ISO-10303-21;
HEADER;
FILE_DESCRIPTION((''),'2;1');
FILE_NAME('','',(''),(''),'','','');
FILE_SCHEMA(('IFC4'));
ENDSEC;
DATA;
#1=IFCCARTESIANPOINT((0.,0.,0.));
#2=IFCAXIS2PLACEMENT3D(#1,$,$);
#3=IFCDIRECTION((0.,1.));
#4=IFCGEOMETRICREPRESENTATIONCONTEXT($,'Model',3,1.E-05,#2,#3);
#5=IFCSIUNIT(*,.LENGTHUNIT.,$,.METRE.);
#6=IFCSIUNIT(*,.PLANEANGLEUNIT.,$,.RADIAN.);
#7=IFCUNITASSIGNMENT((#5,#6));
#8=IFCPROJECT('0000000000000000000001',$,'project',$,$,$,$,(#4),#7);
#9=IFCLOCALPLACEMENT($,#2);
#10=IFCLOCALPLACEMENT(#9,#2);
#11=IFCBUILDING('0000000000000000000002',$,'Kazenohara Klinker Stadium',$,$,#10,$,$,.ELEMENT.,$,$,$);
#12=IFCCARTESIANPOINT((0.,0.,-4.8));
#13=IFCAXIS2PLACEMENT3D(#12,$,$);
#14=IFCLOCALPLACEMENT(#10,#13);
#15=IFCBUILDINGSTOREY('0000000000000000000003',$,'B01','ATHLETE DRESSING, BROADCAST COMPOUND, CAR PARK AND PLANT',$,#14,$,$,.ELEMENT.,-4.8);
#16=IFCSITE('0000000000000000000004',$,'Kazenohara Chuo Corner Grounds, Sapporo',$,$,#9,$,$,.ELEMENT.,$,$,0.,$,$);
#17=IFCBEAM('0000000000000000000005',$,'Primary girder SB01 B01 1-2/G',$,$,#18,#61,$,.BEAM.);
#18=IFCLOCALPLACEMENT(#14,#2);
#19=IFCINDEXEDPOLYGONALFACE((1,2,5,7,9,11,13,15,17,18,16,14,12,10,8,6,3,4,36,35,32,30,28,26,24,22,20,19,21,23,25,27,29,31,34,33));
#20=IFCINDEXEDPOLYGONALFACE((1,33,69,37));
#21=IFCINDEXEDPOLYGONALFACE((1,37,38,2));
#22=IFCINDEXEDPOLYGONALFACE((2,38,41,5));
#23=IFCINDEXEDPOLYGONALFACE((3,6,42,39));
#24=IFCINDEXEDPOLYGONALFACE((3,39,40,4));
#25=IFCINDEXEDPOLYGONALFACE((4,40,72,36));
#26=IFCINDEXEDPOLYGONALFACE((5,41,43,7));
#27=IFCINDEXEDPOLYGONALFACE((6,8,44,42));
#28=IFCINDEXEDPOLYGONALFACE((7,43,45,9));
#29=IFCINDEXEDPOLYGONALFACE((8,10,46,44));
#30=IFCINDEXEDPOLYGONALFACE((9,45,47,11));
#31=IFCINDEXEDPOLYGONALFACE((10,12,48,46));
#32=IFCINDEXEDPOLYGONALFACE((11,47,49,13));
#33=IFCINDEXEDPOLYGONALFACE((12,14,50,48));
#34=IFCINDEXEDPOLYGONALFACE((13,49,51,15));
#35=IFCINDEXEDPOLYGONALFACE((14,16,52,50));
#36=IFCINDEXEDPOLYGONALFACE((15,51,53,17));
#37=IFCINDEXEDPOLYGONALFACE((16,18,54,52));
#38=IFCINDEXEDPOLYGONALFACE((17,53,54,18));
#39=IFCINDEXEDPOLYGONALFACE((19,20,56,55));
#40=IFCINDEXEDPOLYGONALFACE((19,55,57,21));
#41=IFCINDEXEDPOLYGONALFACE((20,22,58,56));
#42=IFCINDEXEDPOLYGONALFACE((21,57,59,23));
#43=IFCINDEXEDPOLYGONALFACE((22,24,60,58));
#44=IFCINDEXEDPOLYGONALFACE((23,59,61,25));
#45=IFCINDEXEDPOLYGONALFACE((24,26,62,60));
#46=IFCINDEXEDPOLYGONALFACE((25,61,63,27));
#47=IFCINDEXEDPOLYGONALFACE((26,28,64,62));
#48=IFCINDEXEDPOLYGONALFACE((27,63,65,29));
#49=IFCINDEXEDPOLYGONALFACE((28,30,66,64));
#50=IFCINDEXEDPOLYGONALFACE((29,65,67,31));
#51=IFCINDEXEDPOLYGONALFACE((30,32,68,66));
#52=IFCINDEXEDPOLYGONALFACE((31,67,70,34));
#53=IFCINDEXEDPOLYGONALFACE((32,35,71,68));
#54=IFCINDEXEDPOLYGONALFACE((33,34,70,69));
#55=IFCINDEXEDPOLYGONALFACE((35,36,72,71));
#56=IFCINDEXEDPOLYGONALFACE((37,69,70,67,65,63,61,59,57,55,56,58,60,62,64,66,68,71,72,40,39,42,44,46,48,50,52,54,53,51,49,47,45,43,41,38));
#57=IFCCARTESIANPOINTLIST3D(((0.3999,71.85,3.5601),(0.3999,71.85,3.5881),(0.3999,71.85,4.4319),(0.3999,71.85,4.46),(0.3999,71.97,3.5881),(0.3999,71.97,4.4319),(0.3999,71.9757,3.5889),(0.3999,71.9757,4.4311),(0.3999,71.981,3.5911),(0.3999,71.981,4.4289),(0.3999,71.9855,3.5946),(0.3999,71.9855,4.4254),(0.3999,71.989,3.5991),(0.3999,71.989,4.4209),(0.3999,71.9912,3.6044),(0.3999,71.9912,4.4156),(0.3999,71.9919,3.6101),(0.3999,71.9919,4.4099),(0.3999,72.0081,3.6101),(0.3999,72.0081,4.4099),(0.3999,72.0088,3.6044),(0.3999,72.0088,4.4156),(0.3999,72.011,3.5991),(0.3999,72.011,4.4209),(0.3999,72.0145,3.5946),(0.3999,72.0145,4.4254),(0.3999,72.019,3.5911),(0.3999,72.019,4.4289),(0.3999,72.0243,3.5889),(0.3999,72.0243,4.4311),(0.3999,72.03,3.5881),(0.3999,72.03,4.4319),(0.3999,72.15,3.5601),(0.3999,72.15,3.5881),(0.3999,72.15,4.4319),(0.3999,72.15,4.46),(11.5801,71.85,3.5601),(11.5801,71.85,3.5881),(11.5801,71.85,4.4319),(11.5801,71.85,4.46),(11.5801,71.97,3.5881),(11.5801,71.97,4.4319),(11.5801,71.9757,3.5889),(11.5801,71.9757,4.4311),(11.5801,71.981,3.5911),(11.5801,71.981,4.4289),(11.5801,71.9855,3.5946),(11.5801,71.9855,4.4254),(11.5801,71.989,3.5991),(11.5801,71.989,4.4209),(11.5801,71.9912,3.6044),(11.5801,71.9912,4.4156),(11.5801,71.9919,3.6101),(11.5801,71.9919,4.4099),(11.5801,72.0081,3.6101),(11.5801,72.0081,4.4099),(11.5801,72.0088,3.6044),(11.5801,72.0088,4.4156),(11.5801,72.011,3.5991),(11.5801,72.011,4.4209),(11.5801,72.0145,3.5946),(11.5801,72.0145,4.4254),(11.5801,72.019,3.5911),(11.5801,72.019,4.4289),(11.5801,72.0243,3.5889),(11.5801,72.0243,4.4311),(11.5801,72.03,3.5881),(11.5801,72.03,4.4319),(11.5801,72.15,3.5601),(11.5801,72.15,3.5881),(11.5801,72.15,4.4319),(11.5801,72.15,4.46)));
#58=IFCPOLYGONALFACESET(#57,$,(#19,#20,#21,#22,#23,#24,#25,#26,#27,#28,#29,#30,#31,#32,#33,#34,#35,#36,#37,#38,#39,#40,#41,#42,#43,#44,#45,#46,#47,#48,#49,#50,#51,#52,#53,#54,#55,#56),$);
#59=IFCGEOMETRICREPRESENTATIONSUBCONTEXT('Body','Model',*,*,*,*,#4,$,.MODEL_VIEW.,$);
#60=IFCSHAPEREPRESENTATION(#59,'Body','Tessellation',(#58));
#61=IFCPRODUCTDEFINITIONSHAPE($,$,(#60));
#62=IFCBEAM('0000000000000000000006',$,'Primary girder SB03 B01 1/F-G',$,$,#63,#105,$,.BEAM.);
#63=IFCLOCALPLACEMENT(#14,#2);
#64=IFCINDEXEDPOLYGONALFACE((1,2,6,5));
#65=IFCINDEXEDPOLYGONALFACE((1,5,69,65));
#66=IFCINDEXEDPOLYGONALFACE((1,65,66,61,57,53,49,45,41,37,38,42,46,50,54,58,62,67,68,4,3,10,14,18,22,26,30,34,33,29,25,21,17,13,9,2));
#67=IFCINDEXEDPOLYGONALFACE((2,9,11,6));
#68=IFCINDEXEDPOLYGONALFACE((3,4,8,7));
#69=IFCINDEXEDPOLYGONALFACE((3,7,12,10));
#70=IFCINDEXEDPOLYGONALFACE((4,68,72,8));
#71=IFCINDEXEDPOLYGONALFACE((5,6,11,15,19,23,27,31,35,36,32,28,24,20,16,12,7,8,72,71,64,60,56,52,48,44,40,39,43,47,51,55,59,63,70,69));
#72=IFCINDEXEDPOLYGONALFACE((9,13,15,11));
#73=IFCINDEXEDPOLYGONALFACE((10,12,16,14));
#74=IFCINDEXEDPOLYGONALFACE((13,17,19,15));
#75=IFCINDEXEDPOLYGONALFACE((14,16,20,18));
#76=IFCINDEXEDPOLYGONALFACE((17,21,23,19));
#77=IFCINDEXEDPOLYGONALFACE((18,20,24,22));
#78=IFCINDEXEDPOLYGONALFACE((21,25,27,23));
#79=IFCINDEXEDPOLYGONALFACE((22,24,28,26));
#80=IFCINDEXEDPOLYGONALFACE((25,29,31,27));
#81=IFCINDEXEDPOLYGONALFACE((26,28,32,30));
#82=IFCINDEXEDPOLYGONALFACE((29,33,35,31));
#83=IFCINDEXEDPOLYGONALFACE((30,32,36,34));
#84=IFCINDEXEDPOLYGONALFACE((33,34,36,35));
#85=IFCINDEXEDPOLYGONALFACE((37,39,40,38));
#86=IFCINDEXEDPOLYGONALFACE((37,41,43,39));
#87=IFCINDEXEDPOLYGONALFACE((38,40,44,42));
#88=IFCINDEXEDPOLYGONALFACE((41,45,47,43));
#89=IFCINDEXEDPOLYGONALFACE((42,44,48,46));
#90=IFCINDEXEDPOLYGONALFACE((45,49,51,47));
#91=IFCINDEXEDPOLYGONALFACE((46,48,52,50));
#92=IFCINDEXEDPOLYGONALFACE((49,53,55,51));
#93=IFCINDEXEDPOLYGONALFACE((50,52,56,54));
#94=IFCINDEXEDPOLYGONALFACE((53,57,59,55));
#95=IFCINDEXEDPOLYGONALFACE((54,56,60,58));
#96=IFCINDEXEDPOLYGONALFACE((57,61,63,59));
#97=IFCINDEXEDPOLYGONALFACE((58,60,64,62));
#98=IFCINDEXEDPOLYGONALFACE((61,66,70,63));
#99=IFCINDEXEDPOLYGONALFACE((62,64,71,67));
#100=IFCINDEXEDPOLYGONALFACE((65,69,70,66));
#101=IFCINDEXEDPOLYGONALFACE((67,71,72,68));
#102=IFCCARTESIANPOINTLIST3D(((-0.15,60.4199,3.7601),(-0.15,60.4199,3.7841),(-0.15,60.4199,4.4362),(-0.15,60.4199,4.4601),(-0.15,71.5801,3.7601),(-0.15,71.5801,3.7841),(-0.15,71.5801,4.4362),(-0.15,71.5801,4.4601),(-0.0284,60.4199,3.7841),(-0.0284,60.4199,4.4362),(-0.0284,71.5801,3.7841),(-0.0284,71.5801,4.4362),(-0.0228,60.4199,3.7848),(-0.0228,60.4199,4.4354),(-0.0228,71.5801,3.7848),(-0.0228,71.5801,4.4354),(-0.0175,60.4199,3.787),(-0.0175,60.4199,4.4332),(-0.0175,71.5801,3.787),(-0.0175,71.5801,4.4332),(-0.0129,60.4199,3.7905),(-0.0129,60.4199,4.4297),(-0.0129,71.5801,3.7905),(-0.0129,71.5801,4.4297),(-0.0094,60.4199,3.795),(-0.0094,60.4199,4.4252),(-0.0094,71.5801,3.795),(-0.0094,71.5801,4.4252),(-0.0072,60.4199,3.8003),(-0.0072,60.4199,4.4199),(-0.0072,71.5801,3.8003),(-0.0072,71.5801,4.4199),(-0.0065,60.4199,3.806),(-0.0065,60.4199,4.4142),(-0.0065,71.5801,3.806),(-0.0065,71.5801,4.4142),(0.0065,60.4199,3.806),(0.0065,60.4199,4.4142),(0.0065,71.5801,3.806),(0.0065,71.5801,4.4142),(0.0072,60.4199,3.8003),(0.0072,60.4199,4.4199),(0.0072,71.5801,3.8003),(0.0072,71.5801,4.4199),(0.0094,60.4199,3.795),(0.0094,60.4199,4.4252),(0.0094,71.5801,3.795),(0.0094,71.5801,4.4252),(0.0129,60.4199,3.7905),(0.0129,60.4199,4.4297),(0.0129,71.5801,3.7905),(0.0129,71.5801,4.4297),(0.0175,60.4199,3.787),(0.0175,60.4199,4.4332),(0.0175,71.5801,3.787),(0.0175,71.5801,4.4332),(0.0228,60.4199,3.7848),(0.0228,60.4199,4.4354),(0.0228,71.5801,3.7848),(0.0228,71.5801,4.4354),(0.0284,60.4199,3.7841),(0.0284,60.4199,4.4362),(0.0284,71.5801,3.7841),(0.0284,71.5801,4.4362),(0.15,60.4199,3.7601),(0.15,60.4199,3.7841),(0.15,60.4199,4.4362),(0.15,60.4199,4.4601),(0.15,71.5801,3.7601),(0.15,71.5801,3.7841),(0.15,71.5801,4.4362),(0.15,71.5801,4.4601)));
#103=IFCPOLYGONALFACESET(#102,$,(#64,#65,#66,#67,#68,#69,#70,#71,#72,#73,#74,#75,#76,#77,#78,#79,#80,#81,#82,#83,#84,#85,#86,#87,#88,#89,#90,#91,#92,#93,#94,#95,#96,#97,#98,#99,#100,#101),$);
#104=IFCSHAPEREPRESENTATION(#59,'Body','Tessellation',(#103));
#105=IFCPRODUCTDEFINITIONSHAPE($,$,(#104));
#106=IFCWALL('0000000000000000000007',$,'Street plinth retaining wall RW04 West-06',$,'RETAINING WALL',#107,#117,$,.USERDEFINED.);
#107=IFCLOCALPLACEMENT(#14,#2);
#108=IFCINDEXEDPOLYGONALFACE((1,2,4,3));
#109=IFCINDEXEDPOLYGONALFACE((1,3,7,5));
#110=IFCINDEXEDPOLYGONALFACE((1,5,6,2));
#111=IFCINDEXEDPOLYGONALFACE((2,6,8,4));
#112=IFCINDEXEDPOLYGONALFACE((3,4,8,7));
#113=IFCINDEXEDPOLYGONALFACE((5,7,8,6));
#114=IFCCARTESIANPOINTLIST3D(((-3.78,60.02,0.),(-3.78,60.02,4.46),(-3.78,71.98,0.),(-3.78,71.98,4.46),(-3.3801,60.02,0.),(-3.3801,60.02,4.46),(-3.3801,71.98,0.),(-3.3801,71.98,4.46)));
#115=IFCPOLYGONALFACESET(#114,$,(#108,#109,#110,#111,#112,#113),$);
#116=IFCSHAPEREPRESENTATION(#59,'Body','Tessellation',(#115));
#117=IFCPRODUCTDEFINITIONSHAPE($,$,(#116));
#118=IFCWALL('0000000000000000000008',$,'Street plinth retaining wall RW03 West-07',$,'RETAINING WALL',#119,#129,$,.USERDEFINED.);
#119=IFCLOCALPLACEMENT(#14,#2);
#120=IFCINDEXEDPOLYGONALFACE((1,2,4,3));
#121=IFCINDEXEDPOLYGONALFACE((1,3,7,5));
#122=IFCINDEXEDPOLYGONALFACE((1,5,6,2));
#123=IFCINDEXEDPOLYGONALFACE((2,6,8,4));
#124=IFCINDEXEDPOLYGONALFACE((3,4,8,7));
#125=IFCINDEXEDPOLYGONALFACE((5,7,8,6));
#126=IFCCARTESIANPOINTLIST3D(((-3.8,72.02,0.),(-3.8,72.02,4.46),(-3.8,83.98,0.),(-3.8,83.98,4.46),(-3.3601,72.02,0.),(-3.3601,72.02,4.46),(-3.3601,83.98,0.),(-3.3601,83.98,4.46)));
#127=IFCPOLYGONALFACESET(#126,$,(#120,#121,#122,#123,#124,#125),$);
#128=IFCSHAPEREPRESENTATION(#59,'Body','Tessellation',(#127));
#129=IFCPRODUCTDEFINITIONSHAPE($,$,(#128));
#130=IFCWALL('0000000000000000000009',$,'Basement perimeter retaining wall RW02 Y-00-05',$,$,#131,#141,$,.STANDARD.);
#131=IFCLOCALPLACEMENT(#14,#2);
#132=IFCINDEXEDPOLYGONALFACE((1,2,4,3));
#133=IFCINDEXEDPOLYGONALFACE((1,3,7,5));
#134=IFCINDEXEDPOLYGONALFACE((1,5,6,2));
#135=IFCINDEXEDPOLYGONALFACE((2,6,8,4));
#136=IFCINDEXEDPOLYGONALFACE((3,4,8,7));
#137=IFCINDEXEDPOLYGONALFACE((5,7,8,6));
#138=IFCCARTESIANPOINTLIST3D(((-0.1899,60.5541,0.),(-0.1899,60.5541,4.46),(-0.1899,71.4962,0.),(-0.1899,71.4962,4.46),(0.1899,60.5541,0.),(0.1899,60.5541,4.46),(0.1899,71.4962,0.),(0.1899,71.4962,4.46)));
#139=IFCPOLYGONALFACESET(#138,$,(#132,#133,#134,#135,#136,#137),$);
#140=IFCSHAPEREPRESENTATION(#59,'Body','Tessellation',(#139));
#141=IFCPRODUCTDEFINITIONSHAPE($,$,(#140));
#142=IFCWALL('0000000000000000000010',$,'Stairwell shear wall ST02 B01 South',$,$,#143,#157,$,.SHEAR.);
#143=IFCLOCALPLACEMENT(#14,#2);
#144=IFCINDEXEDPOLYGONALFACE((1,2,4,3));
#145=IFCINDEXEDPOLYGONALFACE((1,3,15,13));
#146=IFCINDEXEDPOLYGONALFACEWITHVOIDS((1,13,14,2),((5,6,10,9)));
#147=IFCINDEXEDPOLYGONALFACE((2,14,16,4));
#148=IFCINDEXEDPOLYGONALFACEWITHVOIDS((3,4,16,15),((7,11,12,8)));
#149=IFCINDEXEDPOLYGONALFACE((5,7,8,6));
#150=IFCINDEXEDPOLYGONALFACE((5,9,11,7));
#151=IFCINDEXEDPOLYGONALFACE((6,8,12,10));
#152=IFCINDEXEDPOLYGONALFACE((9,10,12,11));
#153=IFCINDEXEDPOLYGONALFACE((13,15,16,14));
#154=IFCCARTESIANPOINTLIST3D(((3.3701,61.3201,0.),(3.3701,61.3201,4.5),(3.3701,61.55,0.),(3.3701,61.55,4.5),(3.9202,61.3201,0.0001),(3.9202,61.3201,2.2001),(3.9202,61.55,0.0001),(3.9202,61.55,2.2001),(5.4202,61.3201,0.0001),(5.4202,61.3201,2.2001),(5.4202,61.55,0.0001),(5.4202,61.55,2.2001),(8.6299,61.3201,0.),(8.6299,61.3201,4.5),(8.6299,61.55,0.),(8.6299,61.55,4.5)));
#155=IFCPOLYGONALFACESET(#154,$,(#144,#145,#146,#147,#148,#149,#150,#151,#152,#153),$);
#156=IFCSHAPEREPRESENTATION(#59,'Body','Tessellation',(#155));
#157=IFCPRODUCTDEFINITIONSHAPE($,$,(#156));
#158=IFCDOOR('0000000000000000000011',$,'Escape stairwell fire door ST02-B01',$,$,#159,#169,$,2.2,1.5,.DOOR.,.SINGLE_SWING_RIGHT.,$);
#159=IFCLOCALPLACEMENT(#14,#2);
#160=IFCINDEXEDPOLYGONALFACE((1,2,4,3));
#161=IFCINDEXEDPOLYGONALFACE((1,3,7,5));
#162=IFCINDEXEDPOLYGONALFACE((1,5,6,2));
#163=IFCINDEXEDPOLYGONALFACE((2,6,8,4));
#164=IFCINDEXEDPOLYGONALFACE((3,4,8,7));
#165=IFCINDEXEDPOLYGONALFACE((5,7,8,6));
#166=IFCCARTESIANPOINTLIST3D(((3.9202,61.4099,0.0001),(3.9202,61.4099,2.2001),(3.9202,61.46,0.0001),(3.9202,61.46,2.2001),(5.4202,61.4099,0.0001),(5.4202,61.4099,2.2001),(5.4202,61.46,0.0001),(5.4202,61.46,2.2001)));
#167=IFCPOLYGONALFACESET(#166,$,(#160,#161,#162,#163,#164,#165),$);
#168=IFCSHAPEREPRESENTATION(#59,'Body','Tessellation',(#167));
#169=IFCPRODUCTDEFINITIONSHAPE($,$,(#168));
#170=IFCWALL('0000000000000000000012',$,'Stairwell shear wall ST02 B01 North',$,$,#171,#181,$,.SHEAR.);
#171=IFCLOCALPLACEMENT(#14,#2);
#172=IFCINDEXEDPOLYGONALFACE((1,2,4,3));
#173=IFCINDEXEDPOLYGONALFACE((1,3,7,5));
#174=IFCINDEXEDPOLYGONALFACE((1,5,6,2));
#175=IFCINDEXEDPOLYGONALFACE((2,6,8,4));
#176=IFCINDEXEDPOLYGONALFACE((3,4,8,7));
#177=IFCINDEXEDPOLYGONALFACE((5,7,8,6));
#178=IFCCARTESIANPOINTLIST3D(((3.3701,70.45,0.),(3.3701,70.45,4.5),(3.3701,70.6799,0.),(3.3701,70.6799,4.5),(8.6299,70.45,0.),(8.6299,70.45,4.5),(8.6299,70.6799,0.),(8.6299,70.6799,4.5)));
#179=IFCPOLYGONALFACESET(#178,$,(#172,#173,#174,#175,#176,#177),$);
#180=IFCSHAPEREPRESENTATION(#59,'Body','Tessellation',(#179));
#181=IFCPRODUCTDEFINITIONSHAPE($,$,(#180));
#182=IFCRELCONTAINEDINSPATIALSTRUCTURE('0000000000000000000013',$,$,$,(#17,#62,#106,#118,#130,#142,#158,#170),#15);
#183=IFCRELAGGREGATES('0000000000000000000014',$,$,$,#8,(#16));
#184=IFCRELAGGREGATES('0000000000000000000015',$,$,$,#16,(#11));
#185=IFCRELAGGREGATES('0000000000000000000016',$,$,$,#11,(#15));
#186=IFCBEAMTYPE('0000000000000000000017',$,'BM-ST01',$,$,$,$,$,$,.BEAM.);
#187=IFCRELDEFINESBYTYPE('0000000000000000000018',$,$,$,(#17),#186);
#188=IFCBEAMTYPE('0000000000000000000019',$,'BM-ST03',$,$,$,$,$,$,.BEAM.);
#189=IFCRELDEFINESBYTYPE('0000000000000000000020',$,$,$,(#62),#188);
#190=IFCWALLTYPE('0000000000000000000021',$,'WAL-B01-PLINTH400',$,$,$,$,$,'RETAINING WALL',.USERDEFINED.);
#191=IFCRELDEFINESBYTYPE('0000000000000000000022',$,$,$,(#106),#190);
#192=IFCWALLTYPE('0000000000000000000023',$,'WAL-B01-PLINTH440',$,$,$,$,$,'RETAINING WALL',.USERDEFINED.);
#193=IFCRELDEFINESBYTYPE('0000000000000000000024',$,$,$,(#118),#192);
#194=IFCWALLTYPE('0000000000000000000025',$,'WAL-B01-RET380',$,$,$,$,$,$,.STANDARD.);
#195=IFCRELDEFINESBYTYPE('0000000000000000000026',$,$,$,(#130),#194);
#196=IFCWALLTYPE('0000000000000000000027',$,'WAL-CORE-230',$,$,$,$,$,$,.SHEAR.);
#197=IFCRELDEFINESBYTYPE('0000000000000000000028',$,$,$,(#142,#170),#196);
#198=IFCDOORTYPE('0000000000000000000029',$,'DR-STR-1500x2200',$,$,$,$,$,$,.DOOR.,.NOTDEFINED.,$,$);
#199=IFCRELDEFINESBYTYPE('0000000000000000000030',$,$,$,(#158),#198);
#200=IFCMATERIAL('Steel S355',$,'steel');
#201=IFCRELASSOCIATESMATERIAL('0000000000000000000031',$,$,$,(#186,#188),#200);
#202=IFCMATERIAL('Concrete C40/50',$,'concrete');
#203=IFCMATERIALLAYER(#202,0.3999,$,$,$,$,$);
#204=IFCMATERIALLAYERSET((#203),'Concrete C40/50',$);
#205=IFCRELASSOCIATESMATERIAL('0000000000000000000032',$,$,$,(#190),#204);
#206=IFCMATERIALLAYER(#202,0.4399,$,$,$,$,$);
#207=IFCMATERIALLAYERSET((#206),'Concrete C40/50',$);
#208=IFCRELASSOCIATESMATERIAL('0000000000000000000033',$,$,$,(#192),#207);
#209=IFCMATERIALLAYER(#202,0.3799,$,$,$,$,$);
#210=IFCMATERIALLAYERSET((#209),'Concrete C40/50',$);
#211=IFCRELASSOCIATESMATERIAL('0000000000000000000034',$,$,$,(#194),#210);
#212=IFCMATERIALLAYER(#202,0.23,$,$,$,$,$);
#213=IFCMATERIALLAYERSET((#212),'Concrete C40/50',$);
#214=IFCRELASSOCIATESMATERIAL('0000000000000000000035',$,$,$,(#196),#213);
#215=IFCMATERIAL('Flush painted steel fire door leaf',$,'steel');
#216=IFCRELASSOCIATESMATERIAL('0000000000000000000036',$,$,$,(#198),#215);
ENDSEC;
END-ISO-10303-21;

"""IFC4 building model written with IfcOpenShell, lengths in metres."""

from ifc_helpers import new_model, si_unit, direction, frame, frame_2d, origin, origin_2d, place, context, subcontext, project, spatial, rectangle, i_section, extrude, material, layer, layer_set, material_profile, profile_set, type_object, element, fill, save


model = new_model("IFC4")

# Units and contexts
model_context = context("Model", 3, precision=1e-05, world=origin(), true_north=direction((0.0, 1.0)))
body_context = subcontext(model_context, "Body", "Model", "MODEL_VIEW")
ifc_project = project(units=[si_unit("LENGTHUNIT", "METRE"), si_unit("PLANEANGLEUNIT", "RADIAN")], contexts=[model_context])

# Site, building, storey
site_placement = place(None, origin())
site = spatial("IfcSite", under=ifc_project, at=site_placement, Name="Kazenohara Chuo Corner Grounds, Sapporo", CompositionType="ELEMENT", RefElevation=0.0)
building_placement = place(site_placement, origin())
building = spatial("IfcBuilding", under=site, at=building_placement, Name="Kazenohara Klinker Stadium", CompositionType="ELEMENT")
storey_placement = place(building_placement, frame((0.0, 0.0, -4.8)))
storey = spatial("IfcBuildingStorey", under=building, at=storey_placement, Name="B01", Description="ATHLETE DRESSING, BROADCAST COMPOUND, CAR PARK AND PLANT", CompositionType="ELEMENT", Elevation=-4.8)

# Shared definitions
ifc_material_1 = material(Name="Concrete C40/50", Category="concrete")

# Beams
ifc_material_2 = material(Name="Steel S355", Category="steel")
ifc_material_profile_1 = material_profile(ifc_material_2, i_section(OverallWidth=0.3, OverallDepth=0.8999, WebThickness=0.0161, FlangeThickness=0.0281, FilletRadius=0.022, at=origin_2d()), Name="H-900x300x16x28")
ifc_profile_set_1 = profile_set([ifc_material_profile_1], Name="Steel S355")
beam_type_1 = type_object("IfcBeamType", Name="BM-ST01", PredefinedType="BEAM", material=ifc_profile_set_1)
beam_1_placement = place(storey_placement, frame((0.3999, 72.0, 4.01), z_axis=(1.0, 0.0, 0.0), x_axis=(0.0, 1.0, 0.0)))
element("IfcBeam", 1, at=beam_1_placement, inside=storey, type_object=beam_type_1, Name="Primary girder SB01 B01 1-2/G", PredefinedType="BEAM", context=body_context, shape_type="SweptSolid", body=[
    extrude(i_section(OverallWidth=0.3, OverallDepth=0.8999, WebThickness=0.0161, FlangeThickness=0.0281, FilletRadius=0.022, at=origin_2d()), origin(), (0.0, 0.0, 1.0), 11.1802),
])
ifc_material_profile_2 = material_profile(ifc_material_2, i_section(OverallWidth=0.3, OverallDepth=0.7, WebThickness=0.0129, FlangeThickness=0.0239, FilletRadius=0.022, at=origin_2d()), Name="H-700x300x13x24")
ifc_profile_set_2 = profile_set([ifc_material_profile_2], Name="Steel S355")
beam_type_2 = type_object("IfcBeamType", Name="BM-ST03", PredefinedType="BEAM", material=ifc_profile_set_2)
beam_2_placement = place(storey_placement, frame((0.0, 60.4199, 4.1101), z_axis=(0.0, 1.0, 0.0), x_axis=(-1.0, 0.0, 0.0)))
element("IfcBeam", 2, at=beam_2_placement, inside=storey, type_object=beam_type_2, Name="Primary girder SB03 B01 1/F-G", PredefinedType="BEAM", context=body_context, shape_type="SweptSolid", body=[
    extrude(i_section(OverallWidth=0.3, OverallDepth=0.7, WebThickness=0.0129, FlangeThickness=0.0239, FilletRadius=0.022, at=origin_2d()), origin(), (0.0, 0.0, 1.0), 11.1602),
])

# Walls
ifc_layer_1 = layer(ifc_material_1, 0.3999)
ifc_layer_set_1 = layer_set([ifc_layer_1], Name="Concrete C40/50")
wall_type_1 = type_object("IfcWallType", Name="WAL-B01-PLINTH400", ElementType="RETAINING WALL", PredefinedType="USERDEFINED", material=ifc_layer_set_1)
wall_1_placement = place(storey_placement, frame((-3.5801, 60.02, 0.0), z_axis=(0.0, 0.0, 1.0), x_axis=(0.0, 1.0, 0.0)))
element("IfcWall", 3, at=wall_1_placement, inside=storey, type_object=wall_type_1, Name="Street plinth retaining wall RW04 West-06", ObjectType="RETAINING WALL", PredefinedType="USERDEFINED", context=body_context, shape_type="SweptSolid", body=[
    extrude(rectangle(XDim=11.96, YDim=0.3999, at=frame_2d((5.98, 0.0))), origin(), (0.0, 0.0, 1.0), 4.46),
])
ifc_layer_2 = layer(ifc_material_1, 0.4399)
ifc_layer_set_2 = layer_set([ifc_layer_2], Name="Concrete C40/50")
wall_type_2 = type_object("IfcWallType", Name="WAL-B01-PLINTH440", ElementType="RETAINING WALL", PredefinedType="USERDEFINED", material=ifc_layer_set_2)
wall_2_placement = place(storey_placement, frame((-3.5801, 72.02, 0.0), z_axis=(0.0, 0.0, 1.0), x_axis=(0.0, 1.0, 0.0)))
element("IfcWall", 4, at=wall_2_placement, inside=storey, type_object=wall_type_2, Name="Street plinth retaining wall RW03 West-07", ObjectType="RETAINING WALL", PredefinedType="USERDEFINED", context=body_context, shape_type="SweptSolid", body=[
    extrude(rectangle(XDim=11.96, YDim=0.4399, at=frame_2d((5.98, 0.0))), origin(), (0.0, 0.0, 1.0), 4.46),
])
ifc_layer_3 = layer(ifc_material_1, 0.3799)
ifc_layer_set_3 = layer_set([ifc_layer_3], Name="Concrete C40/50")
wall_type_3 = type_object("IfcWallType", Name="WAL-B01-RET380", PredefinedType="STANDARD", material=ifc_layer_set_3)
wall_3_placement = place(storey_placement, frame((0.0, 60.554, 0.0), z_axis=(0.0, 0.0, 1.0), x_axis=(0.0, 1.0, 0.0)))
element("IfcWall", 5, at=wall_3_placement, inside=storey, type_object=wall_type_3, Name="Basement perimeter retaining wall RW02 Y-00-05", PredefinedType="STANDARD", context=body_context, shape_type="SweptSolid", body=[
    extrude(rectangle(XDim=10.9421, YDim=0.3799, at=frame_2d((5.4712, 0.0))), origin(), (0.0, 0.0, 1.0), 4.46),
])

# Wall, opening, door
ifc_layer_4 = layer(ifc_material_1, 0.23)
ifc_layer_set_4 = layer_set([ifc_layer_4], Name="Concrete C40/50")
wall_type_4 = type_object("IfcWallType", Name="WAL-CORE-230", PredefinedType="SHEAR", material=ifc_layer_set_4)
wall_4_placement = place(storey_placement, frame((3.3701, 61.4351, 0.0), z_axis=(0.0, 0.0, 1.0), x_axis=(1.0, 0.0, 0.0)))
wall_4 = element("IfcWall", 6, at=wall_4_placement, inside=storey, type_object=wall_type_4, Name="Stairwell shear wall ST02 B01 South", PredefinedType="SHEAR", context=body_context, shape_type="SweptSolid", body=[
    extrude(rectangle(XDim=5.2598, YDim=0.23, at=frame_2d((2.6299, 0.0))), origin(), (0.0, 0.0, 1.0), 4.5),
])
opening_placement = place(wall_4_placement, frame((0.55, 0.0, 0.0)))
opening = element("IfcOpeningElement", 7, at=opening_placement, cuts=wall_4, PredefinedType="OPENING", context=body_context, shape_type="SweptSolid", body=[
    extrude(rectangle(XDim=1.5, YDim=2.2, at=frame_2d((0.75, 1.1001))), frame((0.0, 0.125, 0.0), z_axis=(0.0, -1.0, 0.0), x_axis=(1.0, 0.0, 0.0)), (0.0, 0.0, 1.0), 0.25),
])
ifc_material_3 = material(Name="Flush painted steel fire door leaf", Category="steel")
door_type = type_object("IfcDoorType", Name="DR-STR-1500x2200", OperationType="NOTDEFINED", PredefinedType="DOOR", material=ifc_material_3)
door_placement = place(opening_placement, origin())
door = element("IfcDoor", 8, at=door_placement, inside=storey, type_object=door_type, Name="Escape stairwell fire door ST02-B01", OperationType="SINGLE_SWING_RIGHT", OverallHeight=2.2, OverallWidth=1.5, PredefinedType="DOOR", context=body_context, shape_type="SweptSolid", body=[
    extrude(rectangle(XDim=1.5, YDim=2.2, at=frame_2d((0.75, 1.1001))), frame((0.0, 0.0249, 0.0), z_axis=(0.0, -1.0, 0.0), x_axis=(1.0, 0.0, 0.0)), (0.0, 0.0, 1.0), 0.05),
])
fill(opening, door)

# Wall
wall_5_placement = place(storey_placement, frame((3.3701, 70.5649, 0.0), z_axis=(0.0, 0.0, 1.0), x_axis=(1.0, 0.0, 0.0)))
element("IfcWall", 9, at=wall_5_placement, inside=storey, type_object=wall_type_4, Name="Stairwell shear wall ST02 B01 North", PredefinedType="SHEAR", context=body_context, shape_type="SweptSolid", body=[
    extrude(rectangle(XDim=5.2598, YDim=0.23, at=frame_2d((2.6299, 0.0))), origin(), (0.0, 0.0, 1.0), 4.5),
])

save(model, "model.ifc")
